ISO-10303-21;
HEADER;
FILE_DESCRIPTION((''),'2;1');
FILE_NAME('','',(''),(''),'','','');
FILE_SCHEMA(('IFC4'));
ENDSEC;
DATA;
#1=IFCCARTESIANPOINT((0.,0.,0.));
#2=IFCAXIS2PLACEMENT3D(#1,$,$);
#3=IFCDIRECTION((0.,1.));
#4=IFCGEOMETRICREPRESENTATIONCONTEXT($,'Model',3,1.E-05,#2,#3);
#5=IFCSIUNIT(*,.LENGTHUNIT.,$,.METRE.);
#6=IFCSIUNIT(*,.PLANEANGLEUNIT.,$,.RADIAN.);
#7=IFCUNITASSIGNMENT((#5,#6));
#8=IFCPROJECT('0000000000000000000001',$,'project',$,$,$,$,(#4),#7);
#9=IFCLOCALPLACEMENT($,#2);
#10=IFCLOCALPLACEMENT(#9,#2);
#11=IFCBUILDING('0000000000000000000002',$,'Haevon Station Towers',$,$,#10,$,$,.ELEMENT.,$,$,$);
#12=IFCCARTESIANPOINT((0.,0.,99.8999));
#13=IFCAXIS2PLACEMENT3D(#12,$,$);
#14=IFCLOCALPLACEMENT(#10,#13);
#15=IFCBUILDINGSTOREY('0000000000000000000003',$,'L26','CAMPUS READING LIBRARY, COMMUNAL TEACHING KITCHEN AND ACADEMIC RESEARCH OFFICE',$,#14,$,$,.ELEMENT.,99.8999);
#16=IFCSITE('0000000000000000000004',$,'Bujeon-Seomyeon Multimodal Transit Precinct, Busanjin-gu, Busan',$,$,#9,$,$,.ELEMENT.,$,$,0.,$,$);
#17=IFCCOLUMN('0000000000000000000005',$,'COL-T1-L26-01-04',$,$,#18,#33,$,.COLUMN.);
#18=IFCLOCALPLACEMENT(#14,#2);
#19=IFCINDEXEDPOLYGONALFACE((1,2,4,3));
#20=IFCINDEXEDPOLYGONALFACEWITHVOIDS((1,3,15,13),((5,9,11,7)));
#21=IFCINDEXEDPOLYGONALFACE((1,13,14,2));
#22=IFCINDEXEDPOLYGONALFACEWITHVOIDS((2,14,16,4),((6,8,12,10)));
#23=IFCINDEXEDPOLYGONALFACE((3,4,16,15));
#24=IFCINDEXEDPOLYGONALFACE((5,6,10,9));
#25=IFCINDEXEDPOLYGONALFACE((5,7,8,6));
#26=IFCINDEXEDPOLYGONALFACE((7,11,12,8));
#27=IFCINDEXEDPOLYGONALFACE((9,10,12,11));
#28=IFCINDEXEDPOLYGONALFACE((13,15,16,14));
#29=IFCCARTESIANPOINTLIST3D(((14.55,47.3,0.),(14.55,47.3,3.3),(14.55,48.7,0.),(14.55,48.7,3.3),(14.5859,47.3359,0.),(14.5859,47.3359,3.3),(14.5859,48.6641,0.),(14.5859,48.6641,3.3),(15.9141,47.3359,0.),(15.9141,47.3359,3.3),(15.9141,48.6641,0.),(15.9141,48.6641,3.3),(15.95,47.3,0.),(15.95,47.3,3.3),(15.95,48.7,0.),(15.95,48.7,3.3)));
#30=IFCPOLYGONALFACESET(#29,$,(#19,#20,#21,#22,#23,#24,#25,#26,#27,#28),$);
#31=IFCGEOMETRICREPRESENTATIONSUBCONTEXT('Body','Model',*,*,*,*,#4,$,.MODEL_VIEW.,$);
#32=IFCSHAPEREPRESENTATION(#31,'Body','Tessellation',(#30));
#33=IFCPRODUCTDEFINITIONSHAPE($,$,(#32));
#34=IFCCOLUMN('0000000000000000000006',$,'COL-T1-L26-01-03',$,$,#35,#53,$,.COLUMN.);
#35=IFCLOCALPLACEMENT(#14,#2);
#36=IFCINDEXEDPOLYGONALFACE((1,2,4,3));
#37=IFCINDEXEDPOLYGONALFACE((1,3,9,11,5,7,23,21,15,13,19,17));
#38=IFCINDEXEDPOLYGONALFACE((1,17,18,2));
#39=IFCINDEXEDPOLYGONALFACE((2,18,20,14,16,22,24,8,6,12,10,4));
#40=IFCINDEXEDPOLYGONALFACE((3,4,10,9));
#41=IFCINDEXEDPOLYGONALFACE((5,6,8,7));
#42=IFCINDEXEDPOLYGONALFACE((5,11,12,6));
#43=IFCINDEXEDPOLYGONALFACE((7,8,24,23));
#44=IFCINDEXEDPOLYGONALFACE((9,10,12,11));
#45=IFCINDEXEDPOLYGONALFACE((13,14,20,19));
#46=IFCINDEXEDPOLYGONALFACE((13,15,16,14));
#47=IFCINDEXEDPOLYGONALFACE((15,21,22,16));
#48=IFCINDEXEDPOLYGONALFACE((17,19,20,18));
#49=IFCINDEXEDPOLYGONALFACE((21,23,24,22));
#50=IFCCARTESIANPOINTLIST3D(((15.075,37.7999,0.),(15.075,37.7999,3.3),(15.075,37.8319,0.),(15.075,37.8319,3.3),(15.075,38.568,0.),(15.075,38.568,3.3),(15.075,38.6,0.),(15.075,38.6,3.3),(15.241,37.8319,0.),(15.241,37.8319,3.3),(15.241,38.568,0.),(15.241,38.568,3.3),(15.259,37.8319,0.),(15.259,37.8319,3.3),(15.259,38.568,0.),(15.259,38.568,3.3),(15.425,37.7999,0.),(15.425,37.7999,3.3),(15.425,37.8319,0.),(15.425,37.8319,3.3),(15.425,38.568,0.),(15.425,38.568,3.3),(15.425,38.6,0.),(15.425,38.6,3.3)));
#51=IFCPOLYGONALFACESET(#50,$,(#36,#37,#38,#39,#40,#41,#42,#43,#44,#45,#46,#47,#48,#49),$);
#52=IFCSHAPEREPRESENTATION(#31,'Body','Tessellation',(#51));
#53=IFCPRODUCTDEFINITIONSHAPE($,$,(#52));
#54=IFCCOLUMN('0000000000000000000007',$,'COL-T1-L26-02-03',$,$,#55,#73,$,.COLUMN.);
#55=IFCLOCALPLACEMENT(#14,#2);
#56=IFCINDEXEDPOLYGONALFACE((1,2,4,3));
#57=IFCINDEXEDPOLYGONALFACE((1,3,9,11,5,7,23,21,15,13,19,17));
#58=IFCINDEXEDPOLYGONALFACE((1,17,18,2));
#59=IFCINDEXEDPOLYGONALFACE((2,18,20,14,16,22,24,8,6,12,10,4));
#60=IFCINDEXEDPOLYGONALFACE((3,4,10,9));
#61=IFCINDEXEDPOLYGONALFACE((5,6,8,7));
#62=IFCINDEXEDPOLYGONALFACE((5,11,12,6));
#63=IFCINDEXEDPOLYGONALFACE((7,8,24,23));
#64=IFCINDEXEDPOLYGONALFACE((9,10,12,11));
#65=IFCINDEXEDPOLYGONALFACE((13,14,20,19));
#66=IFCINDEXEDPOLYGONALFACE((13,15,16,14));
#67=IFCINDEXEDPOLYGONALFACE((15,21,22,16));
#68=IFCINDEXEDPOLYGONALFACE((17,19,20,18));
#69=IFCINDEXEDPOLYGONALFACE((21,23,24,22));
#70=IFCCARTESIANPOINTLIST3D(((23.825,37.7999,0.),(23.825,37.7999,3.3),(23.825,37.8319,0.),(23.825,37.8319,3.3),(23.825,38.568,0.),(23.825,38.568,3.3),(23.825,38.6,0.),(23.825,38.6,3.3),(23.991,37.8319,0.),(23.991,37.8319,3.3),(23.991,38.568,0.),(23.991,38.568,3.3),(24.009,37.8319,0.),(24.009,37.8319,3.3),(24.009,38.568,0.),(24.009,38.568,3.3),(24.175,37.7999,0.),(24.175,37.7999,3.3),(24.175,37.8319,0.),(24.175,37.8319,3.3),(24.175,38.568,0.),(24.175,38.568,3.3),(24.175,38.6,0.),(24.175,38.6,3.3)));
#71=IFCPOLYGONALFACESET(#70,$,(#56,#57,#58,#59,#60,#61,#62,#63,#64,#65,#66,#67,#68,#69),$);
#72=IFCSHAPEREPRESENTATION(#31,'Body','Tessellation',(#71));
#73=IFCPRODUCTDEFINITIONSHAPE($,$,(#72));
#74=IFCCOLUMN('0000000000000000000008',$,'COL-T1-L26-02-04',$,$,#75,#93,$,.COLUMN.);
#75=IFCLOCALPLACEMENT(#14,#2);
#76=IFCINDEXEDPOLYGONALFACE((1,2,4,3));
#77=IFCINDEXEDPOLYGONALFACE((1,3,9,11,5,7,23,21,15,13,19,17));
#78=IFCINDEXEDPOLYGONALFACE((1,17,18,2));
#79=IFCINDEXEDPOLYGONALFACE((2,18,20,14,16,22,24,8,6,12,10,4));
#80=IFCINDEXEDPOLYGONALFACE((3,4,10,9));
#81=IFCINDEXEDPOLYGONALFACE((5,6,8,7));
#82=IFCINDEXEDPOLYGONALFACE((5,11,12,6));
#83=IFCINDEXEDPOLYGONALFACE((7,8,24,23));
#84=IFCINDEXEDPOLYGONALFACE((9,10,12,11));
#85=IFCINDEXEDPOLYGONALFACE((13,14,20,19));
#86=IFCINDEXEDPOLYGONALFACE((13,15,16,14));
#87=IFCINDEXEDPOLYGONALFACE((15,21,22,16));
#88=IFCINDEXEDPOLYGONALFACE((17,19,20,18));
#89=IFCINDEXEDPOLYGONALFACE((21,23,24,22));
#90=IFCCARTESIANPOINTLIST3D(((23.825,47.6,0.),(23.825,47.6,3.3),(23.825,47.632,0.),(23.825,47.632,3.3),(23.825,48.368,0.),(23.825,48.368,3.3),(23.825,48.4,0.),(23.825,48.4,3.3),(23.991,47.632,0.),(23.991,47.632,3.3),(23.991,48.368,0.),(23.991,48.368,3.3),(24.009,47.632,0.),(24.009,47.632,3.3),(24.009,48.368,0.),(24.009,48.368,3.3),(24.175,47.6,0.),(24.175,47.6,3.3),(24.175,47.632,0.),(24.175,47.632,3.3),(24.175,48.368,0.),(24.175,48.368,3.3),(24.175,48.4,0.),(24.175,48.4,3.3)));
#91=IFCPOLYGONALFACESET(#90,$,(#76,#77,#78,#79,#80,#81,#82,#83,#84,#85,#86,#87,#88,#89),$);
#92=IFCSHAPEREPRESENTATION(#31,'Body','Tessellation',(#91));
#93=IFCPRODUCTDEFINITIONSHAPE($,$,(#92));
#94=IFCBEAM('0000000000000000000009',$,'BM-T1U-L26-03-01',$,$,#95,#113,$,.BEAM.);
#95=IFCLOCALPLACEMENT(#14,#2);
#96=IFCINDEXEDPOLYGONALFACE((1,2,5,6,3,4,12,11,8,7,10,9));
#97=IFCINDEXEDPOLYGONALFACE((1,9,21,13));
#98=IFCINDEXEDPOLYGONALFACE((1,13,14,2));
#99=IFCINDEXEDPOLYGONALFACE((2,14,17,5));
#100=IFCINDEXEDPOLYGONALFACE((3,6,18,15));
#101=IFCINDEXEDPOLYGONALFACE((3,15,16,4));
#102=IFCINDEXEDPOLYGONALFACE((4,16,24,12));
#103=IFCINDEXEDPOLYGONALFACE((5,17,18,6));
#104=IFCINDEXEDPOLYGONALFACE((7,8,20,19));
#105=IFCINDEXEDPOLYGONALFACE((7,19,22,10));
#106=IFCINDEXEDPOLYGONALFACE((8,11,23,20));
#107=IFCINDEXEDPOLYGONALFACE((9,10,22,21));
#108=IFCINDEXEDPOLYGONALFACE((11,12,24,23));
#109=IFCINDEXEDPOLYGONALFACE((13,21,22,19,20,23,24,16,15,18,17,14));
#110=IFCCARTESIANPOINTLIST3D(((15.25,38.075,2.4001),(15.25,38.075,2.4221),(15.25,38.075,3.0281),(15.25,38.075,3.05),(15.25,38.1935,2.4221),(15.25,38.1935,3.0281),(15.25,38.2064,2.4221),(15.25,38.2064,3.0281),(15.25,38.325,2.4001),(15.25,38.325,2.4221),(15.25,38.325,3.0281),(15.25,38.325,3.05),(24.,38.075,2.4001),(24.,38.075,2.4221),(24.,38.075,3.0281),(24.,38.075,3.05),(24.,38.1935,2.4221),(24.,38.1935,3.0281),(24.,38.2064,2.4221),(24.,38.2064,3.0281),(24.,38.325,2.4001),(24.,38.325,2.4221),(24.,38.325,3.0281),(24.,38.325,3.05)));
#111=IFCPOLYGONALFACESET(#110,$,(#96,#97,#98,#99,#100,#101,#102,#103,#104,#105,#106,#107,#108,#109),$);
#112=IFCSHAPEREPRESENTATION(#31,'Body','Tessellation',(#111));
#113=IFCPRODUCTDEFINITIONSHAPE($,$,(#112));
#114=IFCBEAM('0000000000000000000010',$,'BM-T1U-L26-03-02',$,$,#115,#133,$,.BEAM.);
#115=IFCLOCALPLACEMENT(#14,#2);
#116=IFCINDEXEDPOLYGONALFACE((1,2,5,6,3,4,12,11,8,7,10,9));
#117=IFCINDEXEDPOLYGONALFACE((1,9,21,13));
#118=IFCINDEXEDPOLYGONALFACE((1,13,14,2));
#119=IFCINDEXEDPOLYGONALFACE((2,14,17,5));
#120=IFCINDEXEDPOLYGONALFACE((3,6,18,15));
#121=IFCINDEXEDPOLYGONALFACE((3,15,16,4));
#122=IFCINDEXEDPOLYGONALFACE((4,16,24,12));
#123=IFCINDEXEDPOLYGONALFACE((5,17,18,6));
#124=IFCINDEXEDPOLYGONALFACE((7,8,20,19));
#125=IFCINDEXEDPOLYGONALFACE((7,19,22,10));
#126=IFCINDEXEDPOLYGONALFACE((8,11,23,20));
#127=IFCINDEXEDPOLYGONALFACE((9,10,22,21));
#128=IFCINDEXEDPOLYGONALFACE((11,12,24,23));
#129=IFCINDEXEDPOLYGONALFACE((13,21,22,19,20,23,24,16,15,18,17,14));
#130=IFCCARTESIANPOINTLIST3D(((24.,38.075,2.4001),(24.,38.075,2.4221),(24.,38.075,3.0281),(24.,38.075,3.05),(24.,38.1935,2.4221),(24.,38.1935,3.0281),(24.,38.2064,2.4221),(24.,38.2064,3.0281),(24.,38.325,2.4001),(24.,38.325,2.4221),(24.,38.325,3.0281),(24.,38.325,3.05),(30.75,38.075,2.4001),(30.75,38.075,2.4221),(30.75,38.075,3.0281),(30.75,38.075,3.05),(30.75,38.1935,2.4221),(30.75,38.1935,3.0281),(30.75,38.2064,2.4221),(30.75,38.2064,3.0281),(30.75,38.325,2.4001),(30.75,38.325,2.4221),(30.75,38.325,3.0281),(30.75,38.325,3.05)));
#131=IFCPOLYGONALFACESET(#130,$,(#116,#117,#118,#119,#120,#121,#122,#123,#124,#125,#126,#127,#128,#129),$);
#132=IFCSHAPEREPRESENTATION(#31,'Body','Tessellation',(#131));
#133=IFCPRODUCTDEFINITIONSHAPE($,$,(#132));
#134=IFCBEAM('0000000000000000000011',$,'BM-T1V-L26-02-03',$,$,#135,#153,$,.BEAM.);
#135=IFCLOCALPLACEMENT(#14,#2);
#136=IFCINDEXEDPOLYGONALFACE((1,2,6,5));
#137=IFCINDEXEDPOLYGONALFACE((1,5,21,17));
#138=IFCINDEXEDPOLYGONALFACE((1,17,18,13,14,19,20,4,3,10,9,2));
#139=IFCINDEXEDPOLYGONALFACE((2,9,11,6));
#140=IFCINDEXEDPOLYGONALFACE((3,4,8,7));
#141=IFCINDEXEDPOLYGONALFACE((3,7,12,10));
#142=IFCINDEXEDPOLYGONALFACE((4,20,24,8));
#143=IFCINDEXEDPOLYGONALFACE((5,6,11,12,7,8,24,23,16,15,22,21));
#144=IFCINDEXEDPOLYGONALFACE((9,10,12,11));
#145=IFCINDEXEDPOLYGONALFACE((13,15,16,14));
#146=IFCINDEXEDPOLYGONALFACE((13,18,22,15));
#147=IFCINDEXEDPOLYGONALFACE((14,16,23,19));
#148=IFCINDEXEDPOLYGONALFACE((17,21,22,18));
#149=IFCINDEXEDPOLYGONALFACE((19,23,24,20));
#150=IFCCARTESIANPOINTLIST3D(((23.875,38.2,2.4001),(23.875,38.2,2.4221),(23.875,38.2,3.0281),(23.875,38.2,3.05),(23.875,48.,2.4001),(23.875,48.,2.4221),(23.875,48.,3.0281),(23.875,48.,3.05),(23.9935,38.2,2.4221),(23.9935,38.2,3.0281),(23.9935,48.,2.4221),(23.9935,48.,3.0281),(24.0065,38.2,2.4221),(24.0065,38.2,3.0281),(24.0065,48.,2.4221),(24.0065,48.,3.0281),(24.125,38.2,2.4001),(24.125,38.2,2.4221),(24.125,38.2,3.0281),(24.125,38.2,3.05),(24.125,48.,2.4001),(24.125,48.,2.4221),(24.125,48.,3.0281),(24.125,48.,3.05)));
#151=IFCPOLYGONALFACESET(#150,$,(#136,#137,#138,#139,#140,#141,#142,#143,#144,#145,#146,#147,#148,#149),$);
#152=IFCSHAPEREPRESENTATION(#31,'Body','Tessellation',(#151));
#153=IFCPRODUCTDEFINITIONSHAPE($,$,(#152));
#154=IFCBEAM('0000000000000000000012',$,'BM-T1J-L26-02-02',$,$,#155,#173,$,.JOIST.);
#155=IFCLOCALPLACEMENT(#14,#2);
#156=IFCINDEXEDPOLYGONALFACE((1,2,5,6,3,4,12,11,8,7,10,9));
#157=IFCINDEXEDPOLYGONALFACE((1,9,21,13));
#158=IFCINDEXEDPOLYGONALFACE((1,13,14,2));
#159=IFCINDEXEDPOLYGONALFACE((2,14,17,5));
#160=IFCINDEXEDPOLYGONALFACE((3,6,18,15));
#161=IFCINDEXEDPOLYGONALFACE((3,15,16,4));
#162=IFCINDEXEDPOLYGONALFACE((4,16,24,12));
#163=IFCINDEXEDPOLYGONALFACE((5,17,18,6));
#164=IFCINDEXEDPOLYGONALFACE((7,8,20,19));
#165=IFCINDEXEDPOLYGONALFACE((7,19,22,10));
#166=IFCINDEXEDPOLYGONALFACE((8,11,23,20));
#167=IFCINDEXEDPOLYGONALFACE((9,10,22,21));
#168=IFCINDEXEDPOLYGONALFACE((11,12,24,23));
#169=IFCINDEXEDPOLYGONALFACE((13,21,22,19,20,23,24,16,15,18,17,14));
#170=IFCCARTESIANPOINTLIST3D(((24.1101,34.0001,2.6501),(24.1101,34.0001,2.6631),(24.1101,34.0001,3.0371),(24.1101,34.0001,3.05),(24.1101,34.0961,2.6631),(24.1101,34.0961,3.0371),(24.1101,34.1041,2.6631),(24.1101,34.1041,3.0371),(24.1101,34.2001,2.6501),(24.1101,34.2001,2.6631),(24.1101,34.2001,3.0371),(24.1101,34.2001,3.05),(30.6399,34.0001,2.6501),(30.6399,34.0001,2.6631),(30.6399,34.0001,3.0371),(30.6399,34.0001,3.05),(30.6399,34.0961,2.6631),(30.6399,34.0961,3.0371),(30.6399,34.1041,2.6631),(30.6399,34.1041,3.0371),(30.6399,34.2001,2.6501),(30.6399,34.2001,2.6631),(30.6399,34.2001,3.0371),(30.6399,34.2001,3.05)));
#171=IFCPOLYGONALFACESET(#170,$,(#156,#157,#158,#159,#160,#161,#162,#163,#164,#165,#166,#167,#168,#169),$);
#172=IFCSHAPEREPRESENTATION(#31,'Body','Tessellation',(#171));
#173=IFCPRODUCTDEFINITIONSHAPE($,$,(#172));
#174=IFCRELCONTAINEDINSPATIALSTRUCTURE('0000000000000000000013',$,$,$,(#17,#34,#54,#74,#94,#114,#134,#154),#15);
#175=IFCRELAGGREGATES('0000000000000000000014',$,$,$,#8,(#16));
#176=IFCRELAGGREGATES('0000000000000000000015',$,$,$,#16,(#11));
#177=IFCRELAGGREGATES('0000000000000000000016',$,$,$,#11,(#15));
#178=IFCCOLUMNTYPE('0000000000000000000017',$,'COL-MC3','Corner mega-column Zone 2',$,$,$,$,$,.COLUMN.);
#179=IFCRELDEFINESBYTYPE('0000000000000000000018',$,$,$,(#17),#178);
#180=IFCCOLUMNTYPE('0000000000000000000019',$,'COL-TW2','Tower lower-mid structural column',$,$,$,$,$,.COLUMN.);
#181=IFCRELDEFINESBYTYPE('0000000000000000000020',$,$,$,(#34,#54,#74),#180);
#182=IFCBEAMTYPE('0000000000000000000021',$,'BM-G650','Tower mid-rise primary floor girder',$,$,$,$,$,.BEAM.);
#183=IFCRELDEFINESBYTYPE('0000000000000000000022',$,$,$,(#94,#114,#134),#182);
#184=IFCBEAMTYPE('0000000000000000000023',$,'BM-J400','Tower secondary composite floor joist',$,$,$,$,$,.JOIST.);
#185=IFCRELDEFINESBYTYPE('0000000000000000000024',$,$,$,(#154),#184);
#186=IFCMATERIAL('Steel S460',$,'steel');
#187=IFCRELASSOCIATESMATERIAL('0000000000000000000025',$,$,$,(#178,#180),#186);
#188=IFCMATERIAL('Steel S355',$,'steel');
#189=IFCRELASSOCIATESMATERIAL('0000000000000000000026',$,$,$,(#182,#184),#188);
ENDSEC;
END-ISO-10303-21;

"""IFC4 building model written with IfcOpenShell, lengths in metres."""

from ifc_helpers import new_model, si_unit, direction, frame, origin, origin_2d, place, context, subcontext, project, spatial, hollow_rectangle, i_section, extrude, material, material_profile, profile_set, type_object, element, save


model = new_model("IFC4")

# Units and contexts
model_context = context("Model", 3, precision=1e-05, world=origin(), true_north=direction((0.0, 1.0)))
body_context = subcontext(model_context, "Body", "Model", "MODEL_VIEW")
ifc_project = project(units=[si_unit("LENGTHUNIT", "METRE"), si_unit("PLANEANGLEUNIT", "RADIAN")], contexts=[model_context])

# Site, building, storey
site_placement = place(None, origin())
site = spatial("IfcSite", under=ifc_project, at=site_placement, Name="Bujeon-Seomyeon Multimodal Transit Precinct, Busanjin-gu, Busan", CompositionType="ELEMENT", RefElevation=0.0)
building_placement = place(site_placement, origin())
building = spatial("IfcBuilding", under=site, at=building_placement, Name="Haevon Station Towers", CompositionType="ELEMENT")
storey_placement = place(building_placement, frame((0.0, 0.0, 99.8999)))
storey = spatial("IfcBuildingStorey", under=building, at=storey_placement, Name="L26", Description="CAMPUS READING LIBRARY, COMMUNAL TEACHING KITCHEN AND ACADEMIC RESEARCH OFFICE", CompositionType="ELEMENT", Elevation=99.8999)

# Columns
ifc_material_1 = material(Name="Steel S460", Category="steel")
ifc_material_profile_1 = material_profile(ifc_material_1, hollow_rectangle(XDim=1.3999, YDim=1.3999, WallThickness=0.0359, at=origin_2d()), Name="BOX-1400x1400x36")
ifc_profile_set_1 = profile_set([ifc_material_profile_1], Name="Steel S460")
column_type_1 = type_object("IfcColumnType", Name="COL-MC3", Description="Corner mega-column Zone 2", PredefinedType="COLUMN", material=ifc_profile_set_1)
column_placement = place(storey_placement, frame((15.25, 48.0, 0.0), z_axis=(0.0, 0.0, 1.0), x_axis=(1.0, 0.0, 0.0)))
element("IfcColumn", 1, at=column_placement, inside=storey, type_object=column_type_1, Name="COL-T1-L26-01-04", PredefinedType="COLUMN", context=body_context, shape_type="SweptSolid", body=[
    extrude(hollow_rectangle(XDim=1.3999, YDim=1.3999, WallThickness=0.0359, at=origin_2d()), origin(), (0.0, 0.0, 1.0), 3.3),
])
ifc_material_profile_2 = material_profile(ifc_material_1, i_section(OverallWidth=0.3501, OverallDepth=0.8, WebThickness=0.0181, FlangeThickness=0.032, at=origin_2d()), Name="H-800x350x18x32")
ifc_profile_set_2 = profile_set([ifc_material_profile_2], Name="Steel S460")
column_type_2 = type_object("IfcColumnType", Name="COL-TW2", Description="Tower lower-mid structural column", PredefinedType="COLUMN", material=ifc_profile_set_2)
for number, where, z_axis, x_axis, name in (
    (2, (15.25, 38.2, 0.0), (0.0, 0.0, 1.0), (1.0, 0.0, 0.0), "COL-T1-L26-01-03"),
    (3, (24.0, 38.2, 0.0), (0.0, 0.0, 1.0), (1.0, 0.0, 0.0), "COL-T1-L26-02-03"),
    (4, (24.0, 48.0, 0.0), (0.0, 0.0, 1.0), (1.0, 0.0, 0.0), "COL-T1-L26-02-04"),
):
    element("IfcColumn", number, at=place(storey_placement, frame(where, z_axis=z_axis, x_axis=x_axis)), inside=storey, type_object=column_type_2, Name=name, PredefinedType="COLUMN", context=body_context, shape_type="SweptSolid", body=[
        extrude(i_section(OverallWidth=0.3501, OverallDepth=0.8, WebThickness=0.0181, FlangeThickness=0.032, at=origin_2d()), origin(), (0.0, 0.0, 1.0), 3.3),
    ])

# Beams
ifc_material_2 = material(Name="Steel S355", Category="steel")
ifc_material_profile_3 = material_profile(ifc_material_2, i_section(OverallWidth=0.25, OverallDepth=0.6499, WebThickness=0.0129, FlangeThickness=0.022, at=origin_2d()), Name="H-650x250x13x22")
ifc_profile_set_3 = profile_set([ifc_material_profile_3], Name="Steel S355")
beam_type_1 = type_object("IfcBeamType", Name="BM-G650", Description="Tower mid-rise primary floor girder", PredefinedType="BEAM", material=ifc_profile_set_3)
beam_1_placement = place(storey_placement, frame((15.25, 38.2, 2.7251), z_axis=(1.0, 0.0, 0.0), x_axis=(0.0, 1.0, 0.0)))
element("IfcBeam", 5, at=beam_1_placement, inside=storey, type_object=beam_type_1, Name="BM-T1U-L26-03-01", PredefinedType="BEAM", context=body_context, shape_type="SweptSolid", body=[
    extrude(i_section(OverallWidth=0.25, OverallDepth=0.6499, WebThickness=0.0129, FlangeThickness=0.022, at=origin_2d()), origin(), (0.0, 0.0, 1.0), 8.75),
])
beam_2_placement = place(storey_placement, frame((24.0, 38.2, 2.7251), z_axis=(1.0, 0.0, 0.0), x_axis=(0.0, 1.0, 0.0)))
element("IfcBeam", 6, at=beam_2_placement, inside=storey, type_object=beam_type_1, Name="BM-T1U-L26-03-02", PredefinedType="BEAM", context=body_context, shape_type="SweptSolid", body=[
    extrude(i_section(OverallWidth=0.25, OverallDepth=0.6499, WebThickness=0.0129, FlangeThickness=0.022, at=origin_2d()), origin(), (0.0, 0.0, 1.0), 6.75),
])
beam_3_placement = place(storey_placement, frame((24.0, 38.2, 2.7251), z_axis=(0.0, 1.0, 0.0), x_axis=(-1.0, 0.0, 0.0)))
element("IfcBeam", 7, at=beam_3_placement, inside=storey, type_object=beam_type_1, Name="BM-T1V-L26-02-03", PredefinedType="BEAM", context=body_context, shape_type="SweptSolid", body=[
    extrude(i_section(OverallWidth=0.25, OverallDepth=0.6499, WebThickness=0.0129, FlangeThickness=0.022, at=origin_2d()), origin(), (0.0, 0.0, 1.0), 9.8),
])
ifc_material_profile_4 = material_profile(ifc_material_2, i_section(OverallWidth=0.2, OverallDepth=0.3999, WebThickness=0.0081, FlangeThickness=0.0129, at=origin_2d()), Name="H-400x200x8x13")
ifc_profile_set_4 = profile_set([ifc_material_profile_4], Name="Steel S355")
beam_type_2 = type_object("IfcBeamType", Name="BM-J400", Description="Tower secondary composite floor joist", PredefinedType="JOIST", material=ifc_profile_set_4)
beam_4_placement = place(storey_placement, frame((24.1101, 34.1001, 2.8501), z_axis=(1.0, 0.0, 0.0), x_axis=(0.0, 1.0, 0.0)))
element("IfcBeam", 8, at=beam_4_placement, inside=storey, type_object=beam_type_2, Name="BM-T1J-L26-02-02", PredefinedType="JOIST", context=body_context, shape_type="SweptSolid", body=[
    extrude(i_section(OverallWidth=0.2, OverallDepth=0.3999, WebThickness=0.0081, FlangeThickness=0.0129, at=origin_2d()), origin(), (0.0, 0.0, 1.0), 6.5298),
])

save(model, "model.ifc")
